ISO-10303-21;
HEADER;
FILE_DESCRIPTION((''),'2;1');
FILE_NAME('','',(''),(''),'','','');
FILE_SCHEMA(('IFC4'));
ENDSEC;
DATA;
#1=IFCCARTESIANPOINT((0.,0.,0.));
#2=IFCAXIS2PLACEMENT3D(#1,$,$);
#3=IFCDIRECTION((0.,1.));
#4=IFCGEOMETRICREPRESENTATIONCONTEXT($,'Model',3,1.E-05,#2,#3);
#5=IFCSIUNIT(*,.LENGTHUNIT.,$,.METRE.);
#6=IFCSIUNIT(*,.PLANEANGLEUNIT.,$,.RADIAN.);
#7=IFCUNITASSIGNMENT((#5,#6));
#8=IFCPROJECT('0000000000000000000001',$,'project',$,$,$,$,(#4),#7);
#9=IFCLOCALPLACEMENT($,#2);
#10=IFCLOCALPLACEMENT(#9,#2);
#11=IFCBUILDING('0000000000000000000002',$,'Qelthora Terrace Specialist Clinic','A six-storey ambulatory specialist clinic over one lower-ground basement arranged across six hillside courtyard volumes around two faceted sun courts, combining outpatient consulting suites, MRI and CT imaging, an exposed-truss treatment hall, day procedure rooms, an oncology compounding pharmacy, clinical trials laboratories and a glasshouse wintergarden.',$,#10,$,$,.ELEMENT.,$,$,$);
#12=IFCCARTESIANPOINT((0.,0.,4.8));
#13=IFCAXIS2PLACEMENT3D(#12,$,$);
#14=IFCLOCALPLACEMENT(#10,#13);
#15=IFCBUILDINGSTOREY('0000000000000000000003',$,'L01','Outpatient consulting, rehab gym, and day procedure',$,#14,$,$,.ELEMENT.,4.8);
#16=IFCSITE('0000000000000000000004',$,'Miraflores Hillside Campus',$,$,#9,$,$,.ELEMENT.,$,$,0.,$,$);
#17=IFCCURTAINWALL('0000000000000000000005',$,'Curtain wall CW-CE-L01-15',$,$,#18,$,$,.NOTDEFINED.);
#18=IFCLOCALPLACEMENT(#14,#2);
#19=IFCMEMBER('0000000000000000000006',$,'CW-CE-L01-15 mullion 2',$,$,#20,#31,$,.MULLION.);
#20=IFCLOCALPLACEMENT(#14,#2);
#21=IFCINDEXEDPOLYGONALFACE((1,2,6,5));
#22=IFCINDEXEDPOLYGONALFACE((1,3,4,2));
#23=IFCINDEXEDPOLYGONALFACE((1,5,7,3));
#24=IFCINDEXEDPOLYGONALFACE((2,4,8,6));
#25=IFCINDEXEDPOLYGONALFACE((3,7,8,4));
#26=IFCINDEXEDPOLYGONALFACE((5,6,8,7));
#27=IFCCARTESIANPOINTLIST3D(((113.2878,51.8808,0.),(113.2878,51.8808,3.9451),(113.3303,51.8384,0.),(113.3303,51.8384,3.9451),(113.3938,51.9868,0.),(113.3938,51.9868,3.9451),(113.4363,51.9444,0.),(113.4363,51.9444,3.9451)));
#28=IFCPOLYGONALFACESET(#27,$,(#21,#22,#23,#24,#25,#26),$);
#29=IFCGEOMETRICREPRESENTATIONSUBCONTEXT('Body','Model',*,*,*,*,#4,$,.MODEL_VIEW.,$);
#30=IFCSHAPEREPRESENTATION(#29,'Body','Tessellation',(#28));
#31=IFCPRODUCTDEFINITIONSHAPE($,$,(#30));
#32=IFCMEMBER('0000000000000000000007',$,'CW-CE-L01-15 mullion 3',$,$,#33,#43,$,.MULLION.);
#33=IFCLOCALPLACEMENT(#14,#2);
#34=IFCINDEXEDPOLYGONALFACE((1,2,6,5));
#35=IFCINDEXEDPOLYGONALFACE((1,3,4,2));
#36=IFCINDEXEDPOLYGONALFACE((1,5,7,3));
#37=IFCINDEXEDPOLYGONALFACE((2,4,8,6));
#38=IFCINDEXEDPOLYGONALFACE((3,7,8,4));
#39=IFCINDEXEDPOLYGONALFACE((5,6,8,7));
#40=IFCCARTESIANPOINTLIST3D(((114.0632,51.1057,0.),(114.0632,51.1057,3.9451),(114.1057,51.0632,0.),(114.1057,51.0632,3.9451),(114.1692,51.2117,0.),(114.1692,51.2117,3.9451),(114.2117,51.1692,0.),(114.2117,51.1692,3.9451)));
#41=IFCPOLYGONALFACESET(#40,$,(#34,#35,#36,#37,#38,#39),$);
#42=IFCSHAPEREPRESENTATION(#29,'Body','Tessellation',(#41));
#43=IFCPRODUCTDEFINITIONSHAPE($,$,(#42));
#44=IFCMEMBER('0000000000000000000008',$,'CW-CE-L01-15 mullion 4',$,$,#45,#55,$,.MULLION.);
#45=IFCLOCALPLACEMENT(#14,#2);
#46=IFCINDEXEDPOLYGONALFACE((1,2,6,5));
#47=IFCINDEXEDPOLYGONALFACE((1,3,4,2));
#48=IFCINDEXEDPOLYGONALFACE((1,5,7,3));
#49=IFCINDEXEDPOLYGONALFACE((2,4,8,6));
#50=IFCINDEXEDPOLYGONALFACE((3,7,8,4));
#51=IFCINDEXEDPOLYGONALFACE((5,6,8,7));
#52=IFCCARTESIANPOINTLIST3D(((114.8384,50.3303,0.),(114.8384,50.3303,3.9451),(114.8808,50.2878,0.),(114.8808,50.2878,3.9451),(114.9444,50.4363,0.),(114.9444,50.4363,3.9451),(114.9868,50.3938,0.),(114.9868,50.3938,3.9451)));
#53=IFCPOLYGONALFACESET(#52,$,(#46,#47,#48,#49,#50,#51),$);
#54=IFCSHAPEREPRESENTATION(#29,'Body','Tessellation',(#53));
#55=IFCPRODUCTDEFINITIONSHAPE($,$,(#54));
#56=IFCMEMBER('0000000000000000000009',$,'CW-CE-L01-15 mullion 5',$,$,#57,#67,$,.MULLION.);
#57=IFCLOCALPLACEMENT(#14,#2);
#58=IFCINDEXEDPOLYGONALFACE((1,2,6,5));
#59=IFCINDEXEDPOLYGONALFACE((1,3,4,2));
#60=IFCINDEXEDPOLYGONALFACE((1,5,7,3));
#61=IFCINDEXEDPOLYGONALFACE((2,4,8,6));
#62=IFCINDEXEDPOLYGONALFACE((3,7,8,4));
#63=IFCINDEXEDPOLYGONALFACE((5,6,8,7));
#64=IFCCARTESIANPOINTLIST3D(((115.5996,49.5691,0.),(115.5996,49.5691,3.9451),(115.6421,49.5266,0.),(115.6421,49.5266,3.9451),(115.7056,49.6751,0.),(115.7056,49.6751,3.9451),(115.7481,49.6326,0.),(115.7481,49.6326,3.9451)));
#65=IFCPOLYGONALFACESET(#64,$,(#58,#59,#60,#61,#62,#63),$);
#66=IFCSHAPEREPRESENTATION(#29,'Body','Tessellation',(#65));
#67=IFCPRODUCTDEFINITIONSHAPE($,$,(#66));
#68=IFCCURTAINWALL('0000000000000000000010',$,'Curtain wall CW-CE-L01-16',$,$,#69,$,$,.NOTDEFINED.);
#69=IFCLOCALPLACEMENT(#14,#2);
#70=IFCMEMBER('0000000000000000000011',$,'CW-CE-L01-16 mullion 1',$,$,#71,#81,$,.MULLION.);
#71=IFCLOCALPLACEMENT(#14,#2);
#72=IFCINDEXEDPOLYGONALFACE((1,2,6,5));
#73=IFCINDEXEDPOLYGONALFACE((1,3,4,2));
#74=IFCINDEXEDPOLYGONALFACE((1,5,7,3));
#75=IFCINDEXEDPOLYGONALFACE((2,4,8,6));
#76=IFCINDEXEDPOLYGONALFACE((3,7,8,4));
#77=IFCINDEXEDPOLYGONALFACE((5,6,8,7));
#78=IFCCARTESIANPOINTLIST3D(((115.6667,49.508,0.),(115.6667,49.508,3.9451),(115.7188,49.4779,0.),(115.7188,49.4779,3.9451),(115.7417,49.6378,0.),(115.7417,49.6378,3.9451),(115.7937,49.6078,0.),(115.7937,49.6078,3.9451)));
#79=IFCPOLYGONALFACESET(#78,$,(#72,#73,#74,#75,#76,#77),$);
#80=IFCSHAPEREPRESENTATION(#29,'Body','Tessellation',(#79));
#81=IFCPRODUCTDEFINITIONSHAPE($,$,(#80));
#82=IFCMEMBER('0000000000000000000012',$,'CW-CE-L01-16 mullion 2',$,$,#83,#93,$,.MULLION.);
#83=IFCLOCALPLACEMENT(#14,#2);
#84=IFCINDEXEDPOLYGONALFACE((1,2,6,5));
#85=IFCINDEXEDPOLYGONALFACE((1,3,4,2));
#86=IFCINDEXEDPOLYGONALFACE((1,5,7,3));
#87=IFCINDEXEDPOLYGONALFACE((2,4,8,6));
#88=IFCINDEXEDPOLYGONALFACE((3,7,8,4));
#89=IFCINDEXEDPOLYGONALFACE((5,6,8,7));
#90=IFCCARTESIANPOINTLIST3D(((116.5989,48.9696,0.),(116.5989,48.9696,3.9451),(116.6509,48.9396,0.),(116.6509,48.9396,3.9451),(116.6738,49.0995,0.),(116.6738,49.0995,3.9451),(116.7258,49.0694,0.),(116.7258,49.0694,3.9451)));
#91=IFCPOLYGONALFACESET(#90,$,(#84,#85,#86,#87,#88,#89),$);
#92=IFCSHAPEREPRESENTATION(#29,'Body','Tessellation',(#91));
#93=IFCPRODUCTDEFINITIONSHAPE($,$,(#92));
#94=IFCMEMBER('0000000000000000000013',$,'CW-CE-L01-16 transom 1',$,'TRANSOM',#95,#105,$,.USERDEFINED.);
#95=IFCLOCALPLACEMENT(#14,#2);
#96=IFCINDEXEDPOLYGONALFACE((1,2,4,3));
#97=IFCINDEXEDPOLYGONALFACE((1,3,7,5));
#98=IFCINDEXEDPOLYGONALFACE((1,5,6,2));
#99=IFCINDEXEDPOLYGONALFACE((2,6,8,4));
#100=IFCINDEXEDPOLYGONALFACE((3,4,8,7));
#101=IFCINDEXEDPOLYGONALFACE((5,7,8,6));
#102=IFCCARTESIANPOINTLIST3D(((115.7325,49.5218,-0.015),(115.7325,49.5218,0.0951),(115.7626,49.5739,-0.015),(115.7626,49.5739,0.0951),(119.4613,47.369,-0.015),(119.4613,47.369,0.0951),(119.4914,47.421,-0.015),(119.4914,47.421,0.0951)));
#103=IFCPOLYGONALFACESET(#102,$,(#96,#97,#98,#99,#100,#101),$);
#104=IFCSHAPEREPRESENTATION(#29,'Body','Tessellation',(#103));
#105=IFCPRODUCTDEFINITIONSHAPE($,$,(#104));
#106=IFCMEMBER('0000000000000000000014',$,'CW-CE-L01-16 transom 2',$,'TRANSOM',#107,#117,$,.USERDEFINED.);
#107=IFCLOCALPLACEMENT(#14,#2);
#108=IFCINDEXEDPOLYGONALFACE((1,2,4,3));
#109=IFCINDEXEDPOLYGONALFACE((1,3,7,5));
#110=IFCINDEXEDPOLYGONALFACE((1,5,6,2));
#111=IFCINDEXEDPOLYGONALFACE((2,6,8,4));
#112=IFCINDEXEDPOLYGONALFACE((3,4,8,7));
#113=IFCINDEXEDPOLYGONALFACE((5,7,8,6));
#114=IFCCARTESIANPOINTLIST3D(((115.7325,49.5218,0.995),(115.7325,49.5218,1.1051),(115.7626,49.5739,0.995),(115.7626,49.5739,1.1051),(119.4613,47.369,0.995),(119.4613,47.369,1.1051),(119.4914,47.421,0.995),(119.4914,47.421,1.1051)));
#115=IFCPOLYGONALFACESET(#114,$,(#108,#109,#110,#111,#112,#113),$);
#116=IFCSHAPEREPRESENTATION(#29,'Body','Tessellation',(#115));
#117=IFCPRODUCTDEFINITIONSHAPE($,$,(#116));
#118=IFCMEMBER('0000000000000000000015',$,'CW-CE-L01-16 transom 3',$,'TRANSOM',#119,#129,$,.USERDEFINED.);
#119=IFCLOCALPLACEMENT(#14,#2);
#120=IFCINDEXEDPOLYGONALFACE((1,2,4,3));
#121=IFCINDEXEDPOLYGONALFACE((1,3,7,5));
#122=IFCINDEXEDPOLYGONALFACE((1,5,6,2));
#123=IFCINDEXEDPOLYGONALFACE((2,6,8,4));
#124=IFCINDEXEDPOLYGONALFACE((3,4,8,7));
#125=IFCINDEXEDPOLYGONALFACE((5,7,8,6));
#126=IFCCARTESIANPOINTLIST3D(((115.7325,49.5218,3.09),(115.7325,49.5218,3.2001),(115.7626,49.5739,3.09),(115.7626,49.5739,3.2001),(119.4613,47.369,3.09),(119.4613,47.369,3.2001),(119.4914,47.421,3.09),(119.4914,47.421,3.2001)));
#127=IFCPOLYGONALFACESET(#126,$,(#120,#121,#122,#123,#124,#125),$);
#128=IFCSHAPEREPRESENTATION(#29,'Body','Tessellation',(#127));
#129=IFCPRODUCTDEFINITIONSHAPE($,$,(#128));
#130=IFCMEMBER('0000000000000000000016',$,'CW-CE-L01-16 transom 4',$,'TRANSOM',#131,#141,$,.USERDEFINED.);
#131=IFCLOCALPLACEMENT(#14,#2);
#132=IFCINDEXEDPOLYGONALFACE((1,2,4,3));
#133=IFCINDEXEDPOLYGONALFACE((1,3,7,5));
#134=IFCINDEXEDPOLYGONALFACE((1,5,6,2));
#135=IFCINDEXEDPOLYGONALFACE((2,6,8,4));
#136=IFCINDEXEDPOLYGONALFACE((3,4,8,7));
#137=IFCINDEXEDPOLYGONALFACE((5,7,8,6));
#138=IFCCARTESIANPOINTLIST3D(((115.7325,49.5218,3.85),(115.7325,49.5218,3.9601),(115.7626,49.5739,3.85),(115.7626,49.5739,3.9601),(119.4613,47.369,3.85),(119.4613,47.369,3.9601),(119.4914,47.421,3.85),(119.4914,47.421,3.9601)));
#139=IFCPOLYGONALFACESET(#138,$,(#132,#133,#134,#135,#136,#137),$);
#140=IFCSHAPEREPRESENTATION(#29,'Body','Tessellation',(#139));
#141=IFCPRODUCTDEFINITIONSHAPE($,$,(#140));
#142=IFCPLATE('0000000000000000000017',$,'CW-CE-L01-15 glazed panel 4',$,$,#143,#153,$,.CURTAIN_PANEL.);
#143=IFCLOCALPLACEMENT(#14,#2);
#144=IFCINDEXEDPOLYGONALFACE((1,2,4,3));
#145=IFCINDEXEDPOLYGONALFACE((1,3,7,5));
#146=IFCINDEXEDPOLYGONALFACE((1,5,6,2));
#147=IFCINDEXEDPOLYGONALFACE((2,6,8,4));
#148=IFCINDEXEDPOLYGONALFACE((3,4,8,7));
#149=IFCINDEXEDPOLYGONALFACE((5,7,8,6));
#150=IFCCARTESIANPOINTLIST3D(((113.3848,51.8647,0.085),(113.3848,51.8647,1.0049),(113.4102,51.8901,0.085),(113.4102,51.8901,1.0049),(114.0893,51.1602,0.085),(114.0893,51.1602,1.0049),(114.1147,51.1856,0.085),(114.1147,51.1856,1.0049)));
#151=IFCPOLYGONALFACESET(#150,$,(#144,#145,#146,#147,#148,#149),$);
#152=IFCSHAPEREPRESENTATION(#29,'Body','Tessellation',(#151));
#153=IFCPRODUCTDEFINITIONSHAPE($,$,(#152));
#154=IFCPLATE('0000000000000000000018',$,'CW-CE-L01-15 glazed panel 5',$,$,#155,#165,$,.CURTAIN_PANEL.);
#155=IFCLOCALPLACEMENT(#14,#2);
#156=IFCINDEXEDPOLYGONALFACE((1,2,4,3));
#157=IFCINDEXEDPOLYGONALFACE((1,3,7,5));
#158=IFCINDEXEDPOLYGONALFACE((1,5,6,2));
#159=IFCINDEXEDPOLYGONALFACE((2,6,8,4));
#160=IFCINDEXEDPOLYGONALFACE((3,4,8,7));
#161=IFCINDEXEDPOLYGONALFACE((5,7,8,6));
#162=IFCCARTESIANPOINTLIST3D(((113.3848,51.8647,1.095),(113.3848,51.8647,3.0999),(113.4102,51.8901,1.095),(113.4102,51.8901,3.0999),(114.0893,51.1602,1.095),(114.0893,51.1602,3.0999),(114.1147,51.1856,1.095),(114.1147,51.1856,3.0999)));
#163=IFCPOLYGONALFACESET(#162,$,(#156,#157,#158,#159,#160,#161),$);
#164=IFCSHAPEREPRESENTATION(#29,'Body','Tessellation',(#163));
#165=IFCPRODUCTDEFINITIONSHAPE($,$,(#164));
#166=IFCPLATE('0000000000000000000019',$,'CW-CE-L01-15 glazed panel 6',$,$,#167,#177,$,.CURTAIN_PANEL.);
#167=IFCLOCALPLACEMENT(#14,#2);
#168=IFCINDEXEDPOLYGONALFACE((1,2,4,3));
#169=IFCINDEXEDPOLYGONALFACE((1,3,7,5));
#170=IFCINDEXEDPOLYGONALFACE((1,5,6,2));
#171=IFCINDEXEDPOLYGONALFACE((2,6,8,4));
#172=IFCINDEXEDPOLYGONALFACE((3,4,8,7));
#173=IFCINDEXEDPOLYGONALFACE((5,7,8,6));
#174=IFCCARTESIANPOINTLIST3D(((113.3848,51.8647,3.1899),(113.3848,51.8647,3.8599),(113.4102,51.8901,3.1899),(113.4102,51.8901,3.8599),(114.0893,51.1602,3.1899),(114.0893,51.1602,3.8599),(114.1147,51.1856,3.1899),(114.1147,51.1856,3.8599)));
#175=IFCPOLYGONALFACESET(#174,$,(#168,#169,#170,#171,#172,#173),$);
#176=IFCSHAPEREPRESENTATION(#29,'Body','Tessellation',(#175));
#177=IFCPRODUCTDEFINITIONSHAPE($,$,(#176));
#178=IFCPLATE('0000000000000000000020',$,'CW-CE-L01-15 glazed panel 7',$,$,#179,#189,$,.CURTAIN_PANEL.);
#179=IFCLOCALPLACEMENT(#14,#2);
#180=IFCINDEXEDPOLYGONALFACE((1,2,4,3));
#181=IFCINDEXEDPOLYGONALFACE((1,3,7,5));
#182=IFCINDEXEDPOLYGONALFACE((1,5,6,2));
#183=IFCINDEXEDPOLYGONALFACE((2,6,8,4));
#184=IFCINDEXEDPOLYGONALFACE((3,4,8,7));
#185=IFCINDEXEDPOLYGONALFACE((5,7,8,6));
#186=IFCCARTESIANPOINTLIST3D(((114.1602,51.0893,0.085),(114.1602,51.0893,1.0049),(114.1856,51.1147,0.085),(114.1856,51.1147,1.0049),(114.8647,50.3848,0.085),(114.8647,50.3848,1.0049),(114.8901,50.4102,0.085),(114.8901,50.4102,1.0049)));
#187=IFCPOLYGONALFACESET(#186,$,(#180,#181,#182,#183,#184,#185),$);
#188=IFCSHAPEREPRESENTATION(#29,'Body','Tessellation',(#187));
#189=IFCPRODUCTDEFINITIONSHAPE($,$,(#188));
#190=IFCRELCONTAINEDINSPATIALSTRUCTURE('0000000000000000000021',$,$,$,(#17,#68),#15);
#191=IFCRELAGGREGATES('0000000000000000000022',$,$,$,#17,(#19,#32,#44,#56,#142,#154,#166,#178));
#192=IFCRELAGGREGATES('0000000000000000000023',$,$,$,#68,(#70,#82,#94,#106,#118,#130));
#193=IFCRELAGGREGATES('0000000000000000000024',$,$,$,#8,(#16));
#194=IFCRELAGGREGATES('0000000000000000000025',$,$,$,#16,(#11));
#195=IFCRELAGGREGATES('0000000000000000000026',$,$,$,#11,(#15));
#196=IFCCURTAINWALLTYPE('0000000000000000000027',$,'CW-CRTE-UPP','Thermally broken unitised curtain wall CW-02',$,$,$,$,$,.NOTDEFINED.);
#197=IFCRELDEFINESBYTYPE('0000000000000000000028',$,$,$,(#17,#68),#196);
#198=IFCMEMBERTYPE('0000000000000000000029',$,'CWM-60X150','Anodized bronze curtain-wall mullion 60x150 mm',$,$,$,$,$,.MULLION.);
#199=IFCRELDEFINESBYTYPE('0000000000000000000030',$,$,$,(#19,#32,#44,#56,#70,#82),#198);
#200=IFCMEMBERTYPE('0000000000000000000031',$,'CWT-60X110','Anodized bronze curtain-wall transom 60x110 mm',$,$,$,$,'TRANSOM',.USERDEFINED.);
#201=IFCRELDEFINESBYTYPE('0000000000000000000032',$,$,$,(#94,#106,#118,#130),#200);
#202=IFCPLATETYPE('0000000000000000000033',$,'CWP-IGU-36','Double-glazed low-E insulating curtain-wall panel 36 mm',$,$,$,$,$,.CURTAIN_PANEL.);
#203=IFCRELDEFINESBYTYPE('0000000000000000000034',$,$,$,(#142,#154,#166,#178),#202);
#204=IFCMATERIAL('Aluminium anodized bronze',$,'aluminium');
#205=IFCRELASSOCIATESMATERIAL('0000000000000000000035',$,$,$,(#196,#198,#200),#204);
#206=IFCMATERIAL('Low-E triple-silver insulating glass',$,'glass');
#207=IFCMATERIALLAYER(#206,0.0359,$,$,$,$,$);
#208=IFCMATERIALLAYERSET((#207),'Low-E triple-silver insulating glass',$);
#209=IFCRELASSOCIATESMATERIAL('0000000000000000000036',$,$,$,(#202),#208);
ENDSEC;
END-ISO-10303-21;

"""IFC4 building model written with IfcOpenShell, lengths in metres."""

from ifc_helpers import new_model, si_unit, direction, frame, origin, origin_2d, place, context, subcontext, project, spatial, rectangle, extrude, material, layer, layer_set, material_profile, profile_set, type_object, element, aggregate, save


model = new_model("IFC4")

# Units and contexts
model_context = context("Model", 3, precision=1e-05, world=origin(), true_north=direction((0.0, 1.0)))
body_context = subcontext(model_context, "Body", "Model", "MODEL_VIEW")
ifc_project = project(units=[si_unit("LENGTHUNIT", "METRE"), si_unit("PLANEANGLEUNIT", "RADIAN")], contexts=[model_context])

# Site, building, storey
site_placement = place(None, origin())
site = spatial("IfcSite", under=ifc_project, at=site_placement, Name="Miraflores Hillside Campus", CompositionType="ELEMENT", RefElevation=0.0)
building_placement = place(site_placement, origin())
building = spatial("IfcBuilding", under=site, at=building_placement, Name="Qelthora Terrace Specialist Clinic", Description="A six-storey ambulatory specialist clinic over one lower-ground basement arranged across six hillside courtyard volumes around two faceted sun courts, combining outpatient consulting suites, MRI and CT imaging, an exposed-truss treatment hall, day procedure rooms, an oncology compounding pharmacy, clinical trials laboratories and a glasshouse wintergarden.", CompositionType="ELEMENT")
storey_placement = place(building_placement, frame((0.0, 0.0, 4.8)))
storey = spatial("IfcBuildingStorey", under=building, at=storey_placement, Name="L01", Description="Outpatient consulting, rehab gym, and day procedure", CompositionType="ELEMENT", Elevation=4.8)

# Curtain walls, members
ifc_material_1 = material(Name="Aluminium anodized bronze", Category="aluminium")
curtain_wall_type = type_object("IfcCurtainWallType", Name="CW-CRTE-UPP", Description="Thermally broken unitised curtain wall CW-02", PredefinedType="NOTDEFINED", material=ifc_material_1)
curtain_wall_1_placement = place(storey_placement, origin())
curtain_wall_1 = element("IfcCurtainWall", 1, at=curtain_wall_1_placement, inside=storey, type_object=curtain_wall_type, Name="Curtain wall CW-CE-L01-15", PredefinedType="NOTDEFINED")
ifc_material_profile_1 = material_profile(ifc_material_1, rectangle(XDim=0.0601, YDim=0.1499, at=origin_2d()), Name="CWM60X150")
ifc_profile_set_1 = profile_set([ifc_material_profile_1], Name="Aluminium anodized bronze")
member_type_1 = type_object("IfcMemberType", Name="CWM-60X150", Description="Anodized bronze curtain-wall mullion 60x150 mm", PredefinedType="MULLION", material=ifc_profile_set_1)
member_1_placement = place(storey_placement, frame((113.3621, 51.9126, 0.0), z_axis=(0.0, 0.0, 1.0), x_axis=(0.707107, -0.707107, 0.0)))
member_1 = element("IfcMember", 2, at=member_1_placement, type_object=member_type_1, Name="CW-CE-L01-15 mullion 2", PredefinedType="MULLION", context=body_context, shape_type="SweptSolid", body=[
    extrude(rectangle(XDim=0.0601, YDim=0.1499, at=origin_2d()), origin(), (0.0, 0.0, 1.0), 3.9451),
])
member_2_placement = place(storey_placement, frame((114.1375, 51.1375, 0.0), z_axis=(0.0, 0.0, 1.0), x_axis=(0.707107, -0.707107, 0.0)))
member_2 = element("IfcMember", 3, at=member_2_placement, type_object=member_type_1, Name="CW-CE-L01-15 mullion 3", PredefinedType="MULLION", context=body_context, shape_type="SweptSolid", body=[
    extrude(rectangle(XDim=0.0601, YDim=0.1499, at=origin_2d()), origin(), (0.0, 0.0, 1.0), 3.9451),
])
member_3_placement = place(storey_placement, frame((114.9126, 50.3621, 0.0), z_axis=(0.0, 0.0, 1.0), x_axis=(0.707107, -0.707107, 0.0)))
member_3 = element("IfcMember", 4, at=member_3_placement, type_object=member_type_1, Name="CW-CE-L01-15 mullion 4", PredefinedType="MULLION", context=body_context, shape_type="SweptSolid", body=[
    extrude(rectangle(XDim=0.0601, YDim=0.1499, at=origin_2d()), origin(), (0.0, 0.0, 1.0), 3.9451),
])
member_4_placement = place(storey_placement, frame((115.6738, 49.6008, 0.0), z_axis=(0.0, 0.0, 1.0), x_axis=(0.707107, -0.707107, 0.0)))
member_4 = element("IfcMember", 5, at=member_4_placement, type_object=member_type_1, Name="CW-CE-L01-15 mullion 5", PredefinedType="MULLION", context=body_context, shape_type="SweptSolid", body=[
    extrude(rectangle(XDim=0.0601, YDim=0.1499, at=origin_2d()), origin(), (0.0, 0.0, 1.0), 3.9451),
])
curtain_wall_2_placement = place(storey_placement, origin())
curtain_wall_2 = element("IfcCurtainWall", 6, at=curtain_wall_2_placement, inside=storey, type_object=curtain_wall_type, Name="Curtain wall CW-CE-L01-16", PredefinedType="NOTDEFINED")
member_5_placement = place(storey_placement, frame((115.7302, 49.5579, 0.0), z_axis=(0.0, 0.0, 1.0), x_axis=(0.866025, -0.5, 0.0)))
member_5 = element("IfcMember", 7, at=member_5_placement, type_object=member_type_1, Name="CW-CE-L01-16 mullion 1", PredefinedType="MULLION", context=body_context, shape_type="SweptSolid", body=[
    extrude(rectangle(XDim=0.0601, YDim=0.1499, at=origin_2d()), origin(), (0.0, 0.0, 1.0), 3.9451),
])
member_6_placement = place(storey_placement, frame((116.6624, 49.0195, 0.0), z_axis=(0.0, 0.0, 1.0), x_axis=(0.866025, -0.5, 0.0)))
member_6 = element("IfcMember", 8, at=member_6_placement, type_object=member_type_1, Name="CW-CE-L01-16 mullion 2", PredefinedType="MULLION", context=body_context, shape_type="SweptSolid", body=[
    extrude(rectangle(XDim=0.0601, YDim=0.1499, at=origin_2d()), origin(), (0.0, 0.0, 1.0), 3.9451),
])
ifc_material_profile_2 = material_profile(ifc_material_1, rectangle(XDim=0.0601, YDim=0.1101, at=origin_2d()), Name="CWT60X110")
ifc_profile_set_2 = profile_set([ifc_material_profile_2], Name="Aluminium anodized bronze")
member_type_2 = type_object("IfcMemberType", Name="CWT-60X110", Description="Anodized bronze curtain-wall transom 60x110 mm", ElementType="TRANSOM", PredefinedType="USERDEFINED", material=ifc_profile_set_2)
member_7_placement = place(storey_placement, frame((115.7476, 49.5479, 0.04), z_axis=(0.866022, -0.500006, 0.0), x_axis=(0.500006, 0.866022, 0.0)))
member_7 = element("IfcMember", 9, at=member_7_placement, type_object=member_type_2, Name="CW-CE-L01-16 transom 1", ObjectType="TRANSOM", PredefinedType="USERDEFINED", context=body_context, shape_type="SweptSolid", body=[
    extrude(rectangle(XDim=0.0601, YDim=0.1101, at=origin_2d()), origin(), (0.0, 0.0, 1.0), 4.3057),
])
member_8_placement = place(storey_placement, frame((115.7476, 49.5479, 1.05), z_axis=(0.866022, -0.500006, 0.0), x_axis=(0.500006, 0.866022, 0.0)))
member_8 = element("IfcMember", 10, at=member_8_placement, type_object=member_type_2, Name="CW-CE-L01-16 transom 2", ObjectType="TRANSOM", PredefinedType="USERDEFINED", context=body_context, shape_type="SweptSolid", body=[
    extrude(rectangle(XDim=0.0601, YDim=0.1101, at=origin_2d()), origin(), (0.0, 0.0, 1.0), 4.3057),
])
member_9_placement = place(storey_placement, frame((115.7476, 49.5479, 3.145), z_axis=(0.866022, -0.500006, 0.0), x_axis=(0.500006, 0.866022, 0.0)))
member_9 = element("IfcMember", 11, at=member_9_placement, type_object=member_type_2, Name="CW-CE-L01-16 transom 3", ObjectType="TRANSOM", PredefinedType="USERDEFINED", context=body_context, shape_type="SweptSolid", body=[
    extrude(rectangle(XDim=0.0601, YDim=0.1101, at=origin_2d()), origin(), (0.0, 0.0, 1.0), 4.3057),
])
member_10_placement = place(storey_placement, frame((115.7476, 49.5479, 3.905), z_axis=(0.866022, -0.500006, 0.0), x_axis=(0.500006, 0.866022, 0.0)))
member_10 = element("IfcMember", 12, at=member_10_placement, type_object=member_type_2, Name="CW-CE-L01-16 transom 4", ObjectType="TRANSOM", PredefinedType="USERDEFINED", context=body_context, shape_type="SweptSolid", body=[
    extrude(rectangle(XDim=0.0601, YDim=0.1101, at=origin_2d()), origin(), (0.0, 0.0, 1.0), 4.3057),
])

# Plates
ifc_material_2 = material(Name="Low-E triple-silver insulating glass", Category="glass")
ifc_layer = layer(ifc_material_2, 0.0359)
ifc_layer_set = layer_set([ifc_layer], Name="Low-E triple-silver insulating glass")
plate_type = type_object("IfcPlateType", Name="CWP-IGU-36", Description="Double-glazed low-E insulating curtain-wall panel 36 mm", PredefinedType="CURTAIN_PANEL", material=ifc_layer_set)
plate_1_placement = place(storey_placement, frame((113.7498, 51.5251, 0.085), z_axis=(0.0, 0.0, 1.0), x_axis=(0.707107, -0.707107, 0.0)))
plate_1 = element("IfcPlate", 13, at=plate_1_placement, type_object=plate_type, Name="CW-CE-L01-15 glazed panel 4", PredefinedType="CURTAIN_PANEL", context=body_context, shape_type="SweptSolid", body=[
    extrude(rectangle(XDim=0.9963, YDim=0.0359, at=origin_2d()), origin(), (0.0, 0.0, 1.0), 0.9199),
])
plate_2_placement = place(storey_placement, frame((113.7498, 51.5251, 1.095), z_axis=(0.0, 0.0, 1.0), x_axis=(0.707107, -0.707107, 0.0)))
plate_2 = element("IfcPlate", 14, at=plate_2_placement, type_object=plate_type, Name="CW-CE-L01-15 glazed panel 5", PredefinedType="CURTAIN_PANEL", context=body_context, shape_type="SweptSolid", body=[
    extrude(rectangle(XDim=0.9963, YDim=0.0359, at=origin_2d()), origin(), (0.0, 0.0, 1.0), 2.0049),
])
plate_3_placement = place(storey_placement, frame((113.7498, 51.5251, 3.1899), z_axis=(0.0, 0.0, 1.0), x_axis=(0.707107, -0.707107, 0.0)))
plate_3 = element("IfcPlate", 15, at=plate_3_placement, type_object=plate_type, Name="CW-CE-L01-15 glazed panel 6", PredefinedType="CURTAIN_PANEL", context=body_context, shape_type="SweptSolid", body=[
    extrude(rectangle(XDim=0.9963, YDim=0.0359, at=origin_2d()), origin(), (0.0, 0.0, 1.0), 0.6699),
])
plate_4_placement = place(storey_placement, frame((114.5251, 50.7498, 0.085), z_axis=(0.0, 0.0, 1.0), x_axis=(0.707107, -0.707107, 0.0)))
plate_4 = element("IfcPlate", 16, at=plate_4_placement, type_object=plate_type, Name="CW-CE-L01-15 glazed panel 7", PredefinedType="CURTAIN_PANEL", context=body_context, shape_type="SweptSolid", body=[
    extrude(rectangle(XDim=0.9963, YDim=0.0359, at=origin_2d()), origin(), (0.0, 0.0, 1.0), 0.9199),
])
aggregate(curtain_wall_1, [member_1, member_2, member_3, member_4, plate_1, plate_2, plate_3, plate_4])
aggregate(curtain_wall_2, [member_5, member_6, member_7, member_8, member_9, member_10])

save(model, "model.ifc")
